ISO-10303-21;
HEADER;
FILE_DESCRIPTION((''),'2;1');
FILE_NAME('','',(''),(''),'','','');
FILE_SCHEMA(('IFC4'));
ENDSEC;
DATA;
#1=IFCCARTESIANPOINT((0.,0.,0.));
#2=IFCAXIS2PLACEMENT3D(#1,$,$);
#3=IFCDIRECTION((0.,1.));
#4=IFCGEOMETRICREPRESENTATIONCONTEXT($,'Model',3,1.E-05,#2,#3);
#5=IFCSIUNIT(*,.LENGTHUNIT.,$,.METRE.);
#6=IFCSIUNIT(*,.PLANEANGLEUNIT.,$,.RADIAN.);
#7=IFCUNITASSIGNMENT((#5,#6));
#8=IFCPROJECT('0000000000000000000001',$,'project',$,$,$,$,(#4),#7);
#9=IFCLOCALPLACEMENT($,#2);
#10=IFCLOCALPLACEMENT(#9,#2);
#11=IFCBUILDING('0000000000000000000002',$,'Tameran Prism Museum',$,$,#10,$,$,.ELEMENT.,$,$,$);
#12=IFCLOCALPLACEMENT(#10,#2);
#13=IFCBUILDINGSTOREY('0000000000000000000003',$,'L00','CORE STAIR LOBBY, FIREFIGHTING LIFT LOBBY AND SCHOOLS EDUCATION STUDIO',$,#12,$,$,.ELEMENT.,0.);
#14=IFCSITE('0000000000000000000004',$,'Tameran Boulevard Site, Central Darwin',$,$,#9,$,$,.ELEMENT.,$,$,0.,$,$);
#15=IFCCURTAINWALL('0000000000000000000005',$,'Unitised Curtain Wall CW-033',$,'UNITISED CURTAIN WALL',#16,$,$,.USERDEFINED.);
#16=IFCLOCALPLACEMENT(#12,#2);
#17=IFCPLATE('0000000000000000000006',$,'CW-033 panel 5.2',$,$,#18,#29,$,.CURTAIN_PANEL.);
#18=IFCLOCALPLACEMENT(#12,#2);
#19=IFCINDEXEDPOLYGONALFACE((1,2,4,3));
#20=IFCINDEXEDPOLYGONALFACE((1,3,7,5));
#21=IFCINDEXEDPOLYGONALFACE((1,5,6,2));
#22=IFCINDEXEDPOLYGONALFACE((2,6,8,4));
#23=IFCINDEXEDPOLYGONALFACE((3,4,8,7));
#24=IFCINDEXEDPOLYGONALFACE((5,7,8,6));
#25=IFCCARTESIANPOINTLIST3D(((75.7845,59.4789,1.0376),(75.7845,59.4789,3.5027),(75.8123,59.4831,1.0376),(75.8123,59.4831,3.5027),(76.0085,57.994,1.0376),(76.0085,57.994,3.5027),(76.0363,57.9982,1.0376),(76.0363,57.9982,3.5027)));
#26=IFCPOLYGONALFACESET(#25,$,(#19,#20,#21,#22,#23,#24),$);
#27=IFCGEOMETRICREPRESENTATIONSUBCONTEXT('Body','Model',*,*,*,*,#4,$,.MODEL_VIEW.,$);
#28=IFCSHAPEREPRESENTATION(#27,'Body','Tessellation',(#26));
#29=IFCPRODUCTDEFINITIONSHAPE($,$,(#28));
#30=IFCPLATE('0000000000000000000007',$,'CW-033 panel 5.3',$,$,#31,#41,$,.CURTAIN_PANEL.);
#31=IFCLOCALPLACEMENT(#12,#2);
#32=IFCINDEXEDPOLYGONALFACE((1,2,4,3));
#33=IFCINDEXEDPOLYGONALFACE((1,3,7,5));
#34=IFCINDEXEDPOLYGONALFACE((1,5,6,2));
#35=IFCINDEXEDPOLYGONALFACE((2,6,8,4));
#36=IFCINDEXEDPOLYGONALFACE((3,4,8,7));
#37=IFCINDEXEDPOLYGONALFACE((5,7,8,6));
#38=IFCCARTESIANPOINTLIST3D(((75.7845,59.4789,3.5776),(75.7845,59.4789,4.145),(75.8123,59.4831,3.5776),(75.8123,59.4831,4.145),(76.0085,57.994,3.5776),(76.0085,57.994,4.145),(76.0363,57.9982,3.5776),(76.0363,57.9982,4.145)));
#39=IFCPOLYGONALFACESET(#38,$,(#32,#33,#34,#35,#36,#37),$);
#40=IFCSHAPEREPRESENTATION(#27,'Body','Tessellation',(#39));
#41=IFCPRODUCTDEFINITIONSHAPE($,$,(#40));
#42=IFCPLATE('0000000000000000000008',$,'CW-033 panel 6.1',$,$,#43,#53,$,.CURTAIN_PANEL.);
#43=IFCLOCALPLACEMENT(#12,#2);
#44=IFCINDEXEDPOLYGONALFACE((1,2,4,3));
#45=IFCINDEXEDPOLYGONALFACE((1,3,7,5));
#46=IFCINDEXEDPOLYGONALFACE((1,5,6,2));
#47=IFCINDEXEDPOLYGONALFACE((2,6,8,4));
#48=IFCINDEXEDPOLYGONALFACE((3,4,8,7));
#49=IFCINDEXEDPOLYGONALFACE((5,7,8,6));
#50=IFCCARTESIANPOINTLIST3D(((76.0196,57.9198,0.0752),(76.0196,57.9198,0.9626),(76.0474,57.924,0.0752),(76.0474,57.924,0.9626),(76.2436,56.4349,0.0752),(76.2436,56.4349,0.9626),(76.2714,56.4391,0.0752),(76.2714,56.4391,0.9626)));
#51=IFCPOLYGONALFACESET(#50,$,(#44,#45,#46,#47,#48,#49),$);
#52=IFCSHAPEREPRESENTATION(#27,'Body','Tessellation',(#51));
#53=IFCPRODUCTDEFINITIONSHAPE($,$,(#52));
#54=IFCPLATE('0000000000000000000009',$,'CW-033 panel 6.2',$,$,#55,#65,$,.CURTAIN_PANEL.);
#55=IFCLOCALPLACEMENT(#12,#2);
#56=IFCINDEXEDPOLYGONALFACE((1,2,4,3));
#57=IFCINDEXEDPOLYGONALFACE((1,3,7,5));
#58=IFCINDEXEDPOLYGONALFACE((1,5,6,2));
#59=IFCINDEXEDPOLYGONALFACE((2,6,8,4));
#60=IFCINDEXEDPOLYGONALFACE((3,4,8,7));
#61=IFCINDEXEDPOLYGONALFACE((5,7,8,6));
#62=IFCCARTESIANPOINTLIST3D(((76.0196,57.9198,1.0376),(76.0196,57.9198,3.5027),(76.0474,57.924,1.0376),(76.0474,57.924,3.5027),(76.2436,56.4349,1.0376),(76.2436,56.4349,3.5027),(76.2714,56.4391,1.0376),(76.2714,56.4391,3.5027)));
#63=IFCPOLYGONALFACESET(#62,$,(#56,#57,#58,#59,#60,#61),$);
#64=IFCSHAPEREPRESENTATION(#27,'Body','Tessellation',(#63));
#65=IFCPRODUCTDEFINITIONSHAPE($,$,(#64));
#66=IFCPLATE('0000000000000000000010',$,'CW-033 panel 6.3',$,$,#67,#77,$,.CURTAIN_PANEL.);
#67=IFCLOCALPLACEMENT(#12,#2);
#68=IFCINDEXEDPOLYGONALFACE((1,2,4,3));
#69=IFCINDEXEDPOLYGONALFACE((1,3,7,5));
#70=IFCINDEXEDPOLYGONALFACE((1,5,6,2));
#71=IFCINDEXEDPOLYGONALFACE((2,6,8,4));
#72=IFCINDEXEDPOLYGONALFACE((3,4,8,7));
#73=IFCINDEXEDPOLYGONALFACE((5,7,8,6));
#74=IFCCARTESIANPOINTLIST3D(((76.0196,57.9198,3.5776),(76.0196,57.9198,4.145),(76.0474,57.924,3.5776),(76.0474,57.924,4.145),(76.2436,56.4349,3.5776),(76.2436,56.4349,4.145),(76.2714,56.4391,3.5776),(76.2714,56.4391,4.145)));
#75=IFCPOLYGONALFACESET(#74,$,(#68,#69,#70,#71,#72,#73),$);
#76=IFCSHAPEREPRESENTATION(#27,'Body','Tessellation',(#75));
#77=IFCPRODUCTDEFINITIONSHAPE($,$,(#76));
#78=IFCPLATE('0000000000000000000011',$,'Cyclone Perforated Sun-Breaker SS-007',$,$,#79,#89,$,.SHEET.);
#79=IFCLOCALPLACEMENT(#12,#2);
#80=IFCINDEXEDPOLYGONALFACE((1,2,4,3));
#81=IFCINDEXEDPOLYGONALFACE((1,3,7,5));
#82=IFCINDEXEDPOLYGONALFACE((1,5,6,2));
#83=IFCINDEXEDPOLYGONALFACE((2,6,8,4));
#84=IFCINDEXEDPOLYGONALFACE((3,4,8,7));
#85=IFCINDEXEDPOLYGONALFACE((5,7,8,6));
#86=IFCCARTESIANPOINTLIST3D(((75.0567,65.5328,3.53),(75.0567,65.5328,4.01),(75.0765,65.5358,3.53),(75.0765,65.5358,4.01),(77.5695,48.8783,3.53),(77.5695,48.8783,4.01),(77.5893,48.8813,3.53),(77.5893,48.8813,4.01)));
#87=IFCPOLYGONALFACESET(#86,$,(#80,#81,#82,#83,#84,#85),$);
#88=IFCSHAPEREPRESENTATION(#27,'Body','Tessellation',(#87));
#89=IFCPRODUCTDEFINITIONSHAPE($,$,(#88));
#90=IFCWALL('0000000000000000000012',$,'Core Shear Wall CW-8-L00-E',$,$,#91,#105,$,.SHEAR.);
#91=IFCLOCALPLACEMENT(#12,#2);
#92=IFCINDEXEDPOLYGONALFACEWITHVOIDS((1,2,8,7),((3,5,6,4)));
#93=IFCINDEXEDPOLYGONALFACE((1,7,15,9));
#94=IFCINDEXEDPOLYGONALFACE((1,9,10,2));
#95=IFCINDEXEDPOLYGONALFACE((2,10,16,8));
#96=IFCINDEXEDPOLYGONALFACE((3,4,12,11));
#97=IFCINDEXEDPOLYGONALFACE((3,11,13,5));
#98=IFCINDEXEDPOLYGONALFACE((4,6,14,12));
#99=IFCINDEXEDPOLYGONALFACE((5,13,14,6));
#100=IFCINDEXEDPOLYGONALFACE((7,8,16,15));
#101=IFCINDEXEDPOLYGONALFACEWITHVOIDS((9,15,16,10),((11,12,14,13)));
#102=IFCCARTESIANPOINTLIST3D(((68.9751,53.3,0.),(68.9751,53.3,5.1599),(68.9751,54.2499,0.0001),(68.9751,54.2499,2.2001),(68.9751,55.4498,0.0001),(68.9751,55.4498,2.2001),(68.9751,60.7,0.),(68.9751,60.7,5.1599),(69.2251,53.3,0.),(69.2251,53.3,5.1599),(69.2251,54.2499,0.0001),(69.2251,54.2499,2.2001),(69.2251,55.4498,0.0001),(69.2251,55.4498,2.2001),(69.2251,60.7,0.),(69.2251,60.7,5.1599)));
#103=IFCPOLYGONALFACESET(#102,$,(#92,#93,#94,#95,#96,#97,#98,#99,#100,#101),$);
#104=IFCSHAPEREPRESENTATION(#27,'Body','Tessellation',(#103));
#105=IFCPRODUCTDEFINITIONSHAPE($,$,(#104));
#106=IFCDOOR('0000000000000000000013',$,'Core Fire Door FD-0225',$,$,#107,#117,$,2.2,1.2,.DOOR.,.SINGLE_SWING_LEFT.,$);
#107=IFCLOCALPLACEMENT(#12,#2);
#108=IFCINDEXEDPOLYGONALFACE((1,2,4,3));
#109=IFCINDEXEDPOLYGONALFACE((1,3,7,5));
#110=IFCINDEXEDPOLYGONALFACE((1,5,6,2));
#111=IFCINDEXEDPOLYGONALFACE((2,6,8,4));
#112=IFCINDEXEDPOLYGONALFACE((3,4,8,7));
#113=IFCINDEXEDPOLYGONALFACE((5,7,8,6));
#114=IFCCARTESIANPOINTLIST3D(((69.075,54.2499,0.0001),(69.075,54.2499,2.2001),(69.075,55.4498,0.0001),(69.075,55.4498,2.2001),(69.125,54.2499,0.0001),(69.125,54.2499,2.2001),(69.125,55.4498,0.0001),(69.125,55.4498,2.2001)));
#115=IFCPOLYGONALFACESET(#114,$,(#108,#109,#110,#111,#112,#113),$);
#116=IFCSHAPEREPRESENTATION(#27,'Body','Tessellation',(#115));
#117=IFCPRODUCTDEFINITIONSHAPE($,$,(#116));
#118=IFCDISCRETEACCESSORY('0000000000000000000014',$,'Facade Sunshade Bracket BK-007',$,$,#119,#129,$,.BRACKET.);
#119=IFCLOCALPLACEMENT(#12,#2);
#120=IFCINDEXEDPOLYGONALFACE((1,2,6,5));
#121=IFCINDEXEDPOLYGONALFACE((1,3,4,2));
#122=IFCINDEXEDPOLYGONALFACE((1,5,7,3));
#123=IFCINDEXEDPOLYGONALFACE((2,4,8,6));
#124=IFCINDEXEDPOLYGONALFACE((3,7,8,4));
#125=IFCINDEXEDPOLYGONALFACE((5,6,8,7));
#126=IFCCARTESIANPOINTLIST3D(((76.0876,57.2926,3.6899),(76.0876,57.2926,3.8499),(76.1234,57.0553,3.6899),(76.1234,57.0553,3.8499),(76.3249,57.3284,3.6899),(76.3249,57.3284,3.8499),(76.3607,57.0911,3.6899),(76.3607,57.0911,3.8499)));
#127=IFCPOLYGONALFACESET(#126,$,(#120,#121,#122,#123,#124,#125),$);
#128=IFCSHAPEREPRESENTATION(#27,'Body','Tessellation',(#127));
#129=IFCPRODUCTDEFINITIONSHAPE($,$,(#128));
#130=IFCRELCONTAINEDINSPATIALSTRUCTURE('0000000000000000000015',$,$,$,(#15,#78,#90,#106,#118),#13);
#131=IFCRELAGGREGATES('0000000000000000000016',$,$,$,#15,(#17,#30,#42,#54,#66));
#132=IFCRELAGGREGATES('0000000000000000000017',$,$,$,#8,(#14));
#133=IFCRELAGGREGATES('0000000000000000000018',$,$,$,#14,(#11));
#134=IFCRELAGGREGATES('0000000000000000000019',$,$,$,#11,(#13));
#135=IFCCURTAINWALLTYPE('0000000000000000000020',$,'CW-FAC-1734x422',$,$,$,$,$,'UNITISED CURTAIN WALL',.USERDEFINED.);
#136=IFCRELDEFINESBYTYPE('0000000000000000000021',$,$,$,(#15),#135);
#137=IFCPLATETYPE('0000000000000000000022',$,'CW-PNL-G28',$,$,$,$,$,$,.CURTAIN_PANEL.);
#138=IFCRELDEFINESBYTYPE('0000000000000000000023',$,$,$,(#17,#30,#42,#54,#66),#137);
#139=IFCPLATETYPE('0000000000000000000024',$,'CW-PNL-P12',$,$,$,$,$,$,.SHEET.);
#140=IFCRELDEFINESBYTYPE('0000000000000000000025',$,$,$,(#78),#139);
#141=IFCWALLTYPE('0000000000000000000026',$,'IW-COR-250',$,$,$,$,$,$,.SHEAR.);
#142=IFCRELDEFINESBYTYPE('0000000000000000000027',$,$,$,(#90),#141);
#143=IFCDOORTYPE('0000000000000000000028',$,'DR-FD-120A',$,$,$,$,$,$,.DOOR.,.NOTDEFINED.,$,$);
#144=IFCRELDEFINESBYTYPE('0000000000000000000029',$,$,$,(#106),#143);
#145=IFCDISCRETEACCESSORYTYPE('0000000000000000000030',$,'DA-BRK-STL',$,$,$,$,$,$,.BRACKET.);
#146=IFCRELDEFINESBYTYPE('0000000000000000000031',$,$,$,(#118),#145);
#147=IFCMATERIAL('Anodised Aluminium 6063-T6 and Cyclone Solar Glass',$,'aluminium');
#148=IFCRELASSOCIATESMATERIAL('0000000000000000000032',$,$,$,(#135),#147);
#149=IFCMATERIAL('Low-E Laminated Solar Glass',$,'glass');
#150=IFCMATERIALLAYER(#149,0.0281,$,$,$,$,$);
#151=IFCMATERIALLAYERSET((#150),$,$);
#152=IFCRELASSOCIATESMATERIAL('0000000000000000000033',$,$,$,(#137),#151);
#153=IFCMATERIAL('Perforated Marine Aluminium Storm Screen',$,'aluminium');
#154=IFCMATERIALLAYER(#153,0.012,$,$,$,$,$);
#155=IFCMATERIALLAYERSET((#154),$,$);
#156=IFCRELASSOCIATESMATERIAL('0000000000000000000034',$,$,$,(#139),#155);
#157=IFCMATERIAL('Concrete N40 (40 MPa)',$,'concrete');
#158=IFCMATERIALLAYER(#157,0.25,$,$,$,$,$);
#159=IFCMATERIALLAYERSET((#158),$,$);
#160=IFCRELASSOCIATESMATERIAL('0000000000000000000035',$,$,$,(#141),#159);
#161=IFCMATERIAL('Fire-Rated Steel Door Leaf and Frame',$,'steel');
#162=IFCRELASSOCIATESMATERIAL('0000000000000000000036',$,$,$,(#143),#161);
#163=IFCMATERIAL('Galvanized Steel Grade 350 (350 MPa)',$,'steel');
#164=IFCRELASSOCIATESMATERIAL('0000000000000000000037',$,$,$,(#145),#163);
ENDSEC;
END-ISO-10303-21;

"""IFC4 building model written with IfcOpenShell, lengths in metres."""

from ifc_helpers import new_model, si_unit, direction, frame, frame_2d, origin, origin_2d, place, context, subcontext, project, spatial, rectangle, extrude, material, layer, layer_set, type_object, element, fill, aggregate, save


model = new_model("IFC4")

# Units and contexts
model_context = context("Model", 3, precision=1e-05, world=origin(), true_north=direction((0.0, 1.0)))
body_context = subcontext(model_context, "Body", "Model", "MODEL_VIEW")
ifc_project = project(units=[si_unit("LENGTHUNIT", "METRE"), si_unit("PLANEANGLEUNIT", "RADIAN")], contexts=[model_context])

# Site, building, storey
site_placement = place(None, origin())
site = spatial("IfcSite", under=ifc_project, at=site_placement, Name="Tameran Boulevard Site, Central Darwin", CompositionType="ELEMENT", RefElevation=0.0)
building_placement = place(site_placement, origin())
building = spatial("IfcBuilding", under=site, at=building_placement, Name="Tameran Prism Museum", CompositionType="ELEMENT")
storey_placement = place(building_placement, origin())
storey = spatial("IfcBuildingStorey", under=building, at=storey_placement, Name="L00", Description="CORE STAIR LOBBY, FIREFIGHTING LIFT LOBBY AND SCHOOLS EDUCATION STUDIO", CompositionType="ELEMENT", Elevation=0.0)

# Curtain wall, plates
ifc_material_1 = material(Name="Anodised Aluminium 6063-T6 and Cyclone Solar Glass", Category="aluminium")
curtain_wall_type = type_object("IfcCurtainWallType", Name="CW-FAC-1734x422", ElementType="UNITISED CURTAIN WALL", PredefinedType="USERDEFINED", material=ifc_material_1)
curtain_wall_placement = place(storey_placement, origin())
curtain_wall = element("IfcCurtainWall", 1, at=curtain_wall_placement, inside=storey, type_object=curtain_wall_type, Name="Unitised Curtain Wall CW-033", ObjectType="UNITISED CURTAIN WALL", PredefinedType="USERDEFINED")
ifc_material_2 = material(Name="Low-E Laminated Solar Glass", Category="glass")
ifc_layer_1 = layer(ifc_material_2, 0.0281)
ifc_layer_set_1 = layer_set([ifc_layer_1])
plate_type_1 = type_object("IfcPlateType", Name="CW-PNL-G28", PredefinedType="CURTAIN_PANEL", material=ifc_layer_set_1)
plate_1_placement = place(storey_placement, frame((75.9104, 58.7385, 1.0376), z_axis=(0.0, 0.0, 1.0), x_axis=(0.149167, -0.988812, 0.0)))
plate_1 = element("IfcPlate", 2, at=plate_1_placement, type_object=plate_type_1, Name="CW-033 panel 5.2", PredefinedType="CURTAIN_PANEL", context=body_context, shape_type="SweptSolid", body=[
    extrude(rectangle(XDim=1.5017, YDim=0.0281, at=origin_2d()), origin(), (0.0, 0.0, 1.0), 2.4651),
])
plate_2_placement = place(storey_placement, frame((75.9104, 58.7385, 3.5776), z_axis=(0.0, 0.0, 1.0), x_axis=(0.149167, -0.988812, 0.0)))
plate_2 = element("IfcPlate", 3, at=plate_2_placement, type_object=plate_type_1, Name="CW-033 panel 5.3", PredefinedType="CURTAIN_PANEL", context=body_context, shape_type="SweptSolid", body=[
    extrude(rectangle(XDim=1.5017, YDim=0.0281, at=origin_2d()), origin(), (0.0, 0.0, 1.0), 0.5674),
])
plate_3_placement = place(storey_placement, frame((76.1455, 57.1794, 0.0752), z_axis=(0.0, 0.0, 1.0), x_axis=(0.149167, -0.988812, 0.0)))
plate_3 = element("IfcPlate", 4, at=plate_3_placement, type_object=plate_type_1, Name="CW-033 panel 6.1", PredefinedType="CURTAIN_PANEL", context=body_context, shape_type="SweptSolid", body=[
    extrude(rectangle(XDim=1.5017, YDim=0.0281, at=origin_2d()), origin(), (0.0, 0.0, 1.0), 0.8875),
])
plate_4_placement = place(storey_placement, frame((76.1455, 57.1794, 1.0376), z_axis=(0.0, 0.0, 1.0), x_axis=(0.149167, -0.988812, 0.0)))
plate_4 = element("IfcPlate", 5, at=plate_4_placement, type_object=plate_type_1, Name="CW-033 panel 6.2", PredefinedType="CURTAIN_PANEL", context=body_context, shape_type="SweptSolid", body=[
    extrude(rectangle(XDim=1.5017, YDim=0.0281, at=origin_2d()), origin(), (0.0, 0.0, 1.0), 2.4651),
])
plate_5_placement = place(storey_placement, frame((76.1455, 57.1794, 3.5776), z_axis=(0.0, 0.0, 1.0), x_axis=(0.149167, -0.988812, 0.0)))
plate_5 = element("IfcPlate", 6, at=plate_5_placement, type_object=plate_type_1, Name="CW-033 panel 6.3", PredefinedType="CURTAIN_PANEL", context=body_context, shape_type="SweptSolid", body=[
    extrude(rectangle(XDim=1.5017, YDim=0.0281, at=origin_2d()), origin(), (0.0, 0.0, 1.0), 0.5674),
])
aggregate(curtain_wall, [plate_1, plate_2, plate_3, plate_4, plate_5])

# Plate
ifc_material_3 = material(Name="Perforated Marine Aluminium Storm Screen", Category="aluminium")
ifc_layer_2 = layer(ifc_material_3, 0.012)
ifc_layer_set_2 = layer_set([ifc_layer_2])
plate_type_2 = type_object("IfcPlateType", Name="CW-PNL-P12", PredefinedType="SHEET", material=ifc_layer_set_2)
plate_6_placement = place(storey_placement, frame((76.323, 57.207, 3.53), z_axis=(0.0, 0.0, 1.0), x_axis=(0.14919, -0.988809, 0.0)))
element("IfcPlate", 7, at=plate_6_placement, inside=storey, type_object=plate_type_2, Name="Cyclone Perforated Sun-Breaker SS-007", PredefinedType="SHEET", context=body_context, shape_type="SweptSolid", body=[
    extrude(rectangle(XDim=16.843, YDim=0.02, at=origin_2d()), origin(), (0.0, 0.0, 1.0), 0.48),
])

# Wall, opening, door
ifc_material_4 = material(Name="Concrete N40 (40 MPa)", Category="concrete")
ifc_layer_3 = layer(ifc_material_4, 0.25)
ifc_layer_set_3 = layer_set([ifc_layer_3])
wall_type = type_object("IfcWallType", Name="IW-COR-250", PredefinedType="SHEAR", material=ifc_layer_set_3)
wall_placement = place(storey_placement, frame((69.1001, 60.7, 0.0), z_axis=(0.0, 0.0, 1.0), x_axis=(0.0, -1.0, 0.0)))
wall = element("IfcWall", 8, at=wall_placement, inside=storey, type_object=wall_type, Name="Core Shear Wall CW-8-L00-E", PredefinedType="SHEAR", context=body_context, shape_type="SweptSolid", body=[
    extrude(rectangle(XDim=7.3999, YDim=0.25, at=frame_2d((3.7, 0.0))), origin(), (0.0, 0.0, 1.0), 5.1599),
])
opening_placement = place(wall_placement, frame((5.25, 0.0, 0.0)))
opening = element("IfcOpeningElement", 9, at=opening_placement, cuts=wall, PredefinedType="OPENING", context=body_context, shape_type="SweptSolid", body=[
    extrude(rectangle(XDim=1.2, YDim=2.2, at=frame_2d((0.6001, 1.1001))), frame((0.0, 0.135, 0.0), z_axis=(0.0, -1.0, 0.0), x_axis=(1.0, 0.0, 0.0)), (0.0, 0.0, 1.0), 0.27),
])
ifc_material_5 = material(Name="Fire-Rated Steel Door Leaf and Frame", Category="steel")
door_type = type_object("IfcDoorType", Name="DR-FD-120A", OperationType="NOTDEFINED", PredefinedType="DOOR", material=ifc_material_5)
door_placement = place(opening_placement, origin())
door = element("IfcDoor", 10, at=door_placement, inside=storey, type_object=door_type, Name="Core Fire Door FD-0225", OperationType="SINGLE_SWING_LEFT", OverallHeight=2.2, OverallWidth=1.2, PredefinedType="DOOR", context=body_context, shape_type="SweptSolid", body=[
    extrude(rectangle(XDim=1.2, YDim=2.2, at=frame_2d((0.6001, 1.1001))), frame((0.0, 0.0249, 0.0), z_axis=(0.0, -1.0, 0.0), x_axis=(1.0, 0.0, 0.0)), (0.0, 0.0, 1.0), 0.05),
])
fill(opening, door)

# Discrete accessory
ifc_material_6 = material(Name="Galvanized Steel Grade 350 (350 MPa)", Category="steel")
discrete_accessory_type = type_object("IfcDiscreteAccessoryType", Name="DA-BRK-STL", PredefinedType="BRACKET", material=ifc_material_6)
discrete_accessory_placement = place(storey_placement, frame((76.2241, 57.1919, 3.6899), z_axis=(0.0, 0.0, 1.0), x_axis=(0.14919, -0.988809, 0.0)))
element("IfcDiscreteAccessory", 11, at=discrete_accessory_placement, inside=storey, type_object=discrete_accessory_type, Name="Facade Sunshade Bracket BK-007", PredefinedType="BRACKET", context=body_context, shape_type="SweptSolid", body=[
    extrude(rectangle(XDim=0.24, YDim=0.24, at=origin_2d()), origin(), (0.0, 0.0, 1.0), 0.1599),
])

save(model, "model.ifc")
